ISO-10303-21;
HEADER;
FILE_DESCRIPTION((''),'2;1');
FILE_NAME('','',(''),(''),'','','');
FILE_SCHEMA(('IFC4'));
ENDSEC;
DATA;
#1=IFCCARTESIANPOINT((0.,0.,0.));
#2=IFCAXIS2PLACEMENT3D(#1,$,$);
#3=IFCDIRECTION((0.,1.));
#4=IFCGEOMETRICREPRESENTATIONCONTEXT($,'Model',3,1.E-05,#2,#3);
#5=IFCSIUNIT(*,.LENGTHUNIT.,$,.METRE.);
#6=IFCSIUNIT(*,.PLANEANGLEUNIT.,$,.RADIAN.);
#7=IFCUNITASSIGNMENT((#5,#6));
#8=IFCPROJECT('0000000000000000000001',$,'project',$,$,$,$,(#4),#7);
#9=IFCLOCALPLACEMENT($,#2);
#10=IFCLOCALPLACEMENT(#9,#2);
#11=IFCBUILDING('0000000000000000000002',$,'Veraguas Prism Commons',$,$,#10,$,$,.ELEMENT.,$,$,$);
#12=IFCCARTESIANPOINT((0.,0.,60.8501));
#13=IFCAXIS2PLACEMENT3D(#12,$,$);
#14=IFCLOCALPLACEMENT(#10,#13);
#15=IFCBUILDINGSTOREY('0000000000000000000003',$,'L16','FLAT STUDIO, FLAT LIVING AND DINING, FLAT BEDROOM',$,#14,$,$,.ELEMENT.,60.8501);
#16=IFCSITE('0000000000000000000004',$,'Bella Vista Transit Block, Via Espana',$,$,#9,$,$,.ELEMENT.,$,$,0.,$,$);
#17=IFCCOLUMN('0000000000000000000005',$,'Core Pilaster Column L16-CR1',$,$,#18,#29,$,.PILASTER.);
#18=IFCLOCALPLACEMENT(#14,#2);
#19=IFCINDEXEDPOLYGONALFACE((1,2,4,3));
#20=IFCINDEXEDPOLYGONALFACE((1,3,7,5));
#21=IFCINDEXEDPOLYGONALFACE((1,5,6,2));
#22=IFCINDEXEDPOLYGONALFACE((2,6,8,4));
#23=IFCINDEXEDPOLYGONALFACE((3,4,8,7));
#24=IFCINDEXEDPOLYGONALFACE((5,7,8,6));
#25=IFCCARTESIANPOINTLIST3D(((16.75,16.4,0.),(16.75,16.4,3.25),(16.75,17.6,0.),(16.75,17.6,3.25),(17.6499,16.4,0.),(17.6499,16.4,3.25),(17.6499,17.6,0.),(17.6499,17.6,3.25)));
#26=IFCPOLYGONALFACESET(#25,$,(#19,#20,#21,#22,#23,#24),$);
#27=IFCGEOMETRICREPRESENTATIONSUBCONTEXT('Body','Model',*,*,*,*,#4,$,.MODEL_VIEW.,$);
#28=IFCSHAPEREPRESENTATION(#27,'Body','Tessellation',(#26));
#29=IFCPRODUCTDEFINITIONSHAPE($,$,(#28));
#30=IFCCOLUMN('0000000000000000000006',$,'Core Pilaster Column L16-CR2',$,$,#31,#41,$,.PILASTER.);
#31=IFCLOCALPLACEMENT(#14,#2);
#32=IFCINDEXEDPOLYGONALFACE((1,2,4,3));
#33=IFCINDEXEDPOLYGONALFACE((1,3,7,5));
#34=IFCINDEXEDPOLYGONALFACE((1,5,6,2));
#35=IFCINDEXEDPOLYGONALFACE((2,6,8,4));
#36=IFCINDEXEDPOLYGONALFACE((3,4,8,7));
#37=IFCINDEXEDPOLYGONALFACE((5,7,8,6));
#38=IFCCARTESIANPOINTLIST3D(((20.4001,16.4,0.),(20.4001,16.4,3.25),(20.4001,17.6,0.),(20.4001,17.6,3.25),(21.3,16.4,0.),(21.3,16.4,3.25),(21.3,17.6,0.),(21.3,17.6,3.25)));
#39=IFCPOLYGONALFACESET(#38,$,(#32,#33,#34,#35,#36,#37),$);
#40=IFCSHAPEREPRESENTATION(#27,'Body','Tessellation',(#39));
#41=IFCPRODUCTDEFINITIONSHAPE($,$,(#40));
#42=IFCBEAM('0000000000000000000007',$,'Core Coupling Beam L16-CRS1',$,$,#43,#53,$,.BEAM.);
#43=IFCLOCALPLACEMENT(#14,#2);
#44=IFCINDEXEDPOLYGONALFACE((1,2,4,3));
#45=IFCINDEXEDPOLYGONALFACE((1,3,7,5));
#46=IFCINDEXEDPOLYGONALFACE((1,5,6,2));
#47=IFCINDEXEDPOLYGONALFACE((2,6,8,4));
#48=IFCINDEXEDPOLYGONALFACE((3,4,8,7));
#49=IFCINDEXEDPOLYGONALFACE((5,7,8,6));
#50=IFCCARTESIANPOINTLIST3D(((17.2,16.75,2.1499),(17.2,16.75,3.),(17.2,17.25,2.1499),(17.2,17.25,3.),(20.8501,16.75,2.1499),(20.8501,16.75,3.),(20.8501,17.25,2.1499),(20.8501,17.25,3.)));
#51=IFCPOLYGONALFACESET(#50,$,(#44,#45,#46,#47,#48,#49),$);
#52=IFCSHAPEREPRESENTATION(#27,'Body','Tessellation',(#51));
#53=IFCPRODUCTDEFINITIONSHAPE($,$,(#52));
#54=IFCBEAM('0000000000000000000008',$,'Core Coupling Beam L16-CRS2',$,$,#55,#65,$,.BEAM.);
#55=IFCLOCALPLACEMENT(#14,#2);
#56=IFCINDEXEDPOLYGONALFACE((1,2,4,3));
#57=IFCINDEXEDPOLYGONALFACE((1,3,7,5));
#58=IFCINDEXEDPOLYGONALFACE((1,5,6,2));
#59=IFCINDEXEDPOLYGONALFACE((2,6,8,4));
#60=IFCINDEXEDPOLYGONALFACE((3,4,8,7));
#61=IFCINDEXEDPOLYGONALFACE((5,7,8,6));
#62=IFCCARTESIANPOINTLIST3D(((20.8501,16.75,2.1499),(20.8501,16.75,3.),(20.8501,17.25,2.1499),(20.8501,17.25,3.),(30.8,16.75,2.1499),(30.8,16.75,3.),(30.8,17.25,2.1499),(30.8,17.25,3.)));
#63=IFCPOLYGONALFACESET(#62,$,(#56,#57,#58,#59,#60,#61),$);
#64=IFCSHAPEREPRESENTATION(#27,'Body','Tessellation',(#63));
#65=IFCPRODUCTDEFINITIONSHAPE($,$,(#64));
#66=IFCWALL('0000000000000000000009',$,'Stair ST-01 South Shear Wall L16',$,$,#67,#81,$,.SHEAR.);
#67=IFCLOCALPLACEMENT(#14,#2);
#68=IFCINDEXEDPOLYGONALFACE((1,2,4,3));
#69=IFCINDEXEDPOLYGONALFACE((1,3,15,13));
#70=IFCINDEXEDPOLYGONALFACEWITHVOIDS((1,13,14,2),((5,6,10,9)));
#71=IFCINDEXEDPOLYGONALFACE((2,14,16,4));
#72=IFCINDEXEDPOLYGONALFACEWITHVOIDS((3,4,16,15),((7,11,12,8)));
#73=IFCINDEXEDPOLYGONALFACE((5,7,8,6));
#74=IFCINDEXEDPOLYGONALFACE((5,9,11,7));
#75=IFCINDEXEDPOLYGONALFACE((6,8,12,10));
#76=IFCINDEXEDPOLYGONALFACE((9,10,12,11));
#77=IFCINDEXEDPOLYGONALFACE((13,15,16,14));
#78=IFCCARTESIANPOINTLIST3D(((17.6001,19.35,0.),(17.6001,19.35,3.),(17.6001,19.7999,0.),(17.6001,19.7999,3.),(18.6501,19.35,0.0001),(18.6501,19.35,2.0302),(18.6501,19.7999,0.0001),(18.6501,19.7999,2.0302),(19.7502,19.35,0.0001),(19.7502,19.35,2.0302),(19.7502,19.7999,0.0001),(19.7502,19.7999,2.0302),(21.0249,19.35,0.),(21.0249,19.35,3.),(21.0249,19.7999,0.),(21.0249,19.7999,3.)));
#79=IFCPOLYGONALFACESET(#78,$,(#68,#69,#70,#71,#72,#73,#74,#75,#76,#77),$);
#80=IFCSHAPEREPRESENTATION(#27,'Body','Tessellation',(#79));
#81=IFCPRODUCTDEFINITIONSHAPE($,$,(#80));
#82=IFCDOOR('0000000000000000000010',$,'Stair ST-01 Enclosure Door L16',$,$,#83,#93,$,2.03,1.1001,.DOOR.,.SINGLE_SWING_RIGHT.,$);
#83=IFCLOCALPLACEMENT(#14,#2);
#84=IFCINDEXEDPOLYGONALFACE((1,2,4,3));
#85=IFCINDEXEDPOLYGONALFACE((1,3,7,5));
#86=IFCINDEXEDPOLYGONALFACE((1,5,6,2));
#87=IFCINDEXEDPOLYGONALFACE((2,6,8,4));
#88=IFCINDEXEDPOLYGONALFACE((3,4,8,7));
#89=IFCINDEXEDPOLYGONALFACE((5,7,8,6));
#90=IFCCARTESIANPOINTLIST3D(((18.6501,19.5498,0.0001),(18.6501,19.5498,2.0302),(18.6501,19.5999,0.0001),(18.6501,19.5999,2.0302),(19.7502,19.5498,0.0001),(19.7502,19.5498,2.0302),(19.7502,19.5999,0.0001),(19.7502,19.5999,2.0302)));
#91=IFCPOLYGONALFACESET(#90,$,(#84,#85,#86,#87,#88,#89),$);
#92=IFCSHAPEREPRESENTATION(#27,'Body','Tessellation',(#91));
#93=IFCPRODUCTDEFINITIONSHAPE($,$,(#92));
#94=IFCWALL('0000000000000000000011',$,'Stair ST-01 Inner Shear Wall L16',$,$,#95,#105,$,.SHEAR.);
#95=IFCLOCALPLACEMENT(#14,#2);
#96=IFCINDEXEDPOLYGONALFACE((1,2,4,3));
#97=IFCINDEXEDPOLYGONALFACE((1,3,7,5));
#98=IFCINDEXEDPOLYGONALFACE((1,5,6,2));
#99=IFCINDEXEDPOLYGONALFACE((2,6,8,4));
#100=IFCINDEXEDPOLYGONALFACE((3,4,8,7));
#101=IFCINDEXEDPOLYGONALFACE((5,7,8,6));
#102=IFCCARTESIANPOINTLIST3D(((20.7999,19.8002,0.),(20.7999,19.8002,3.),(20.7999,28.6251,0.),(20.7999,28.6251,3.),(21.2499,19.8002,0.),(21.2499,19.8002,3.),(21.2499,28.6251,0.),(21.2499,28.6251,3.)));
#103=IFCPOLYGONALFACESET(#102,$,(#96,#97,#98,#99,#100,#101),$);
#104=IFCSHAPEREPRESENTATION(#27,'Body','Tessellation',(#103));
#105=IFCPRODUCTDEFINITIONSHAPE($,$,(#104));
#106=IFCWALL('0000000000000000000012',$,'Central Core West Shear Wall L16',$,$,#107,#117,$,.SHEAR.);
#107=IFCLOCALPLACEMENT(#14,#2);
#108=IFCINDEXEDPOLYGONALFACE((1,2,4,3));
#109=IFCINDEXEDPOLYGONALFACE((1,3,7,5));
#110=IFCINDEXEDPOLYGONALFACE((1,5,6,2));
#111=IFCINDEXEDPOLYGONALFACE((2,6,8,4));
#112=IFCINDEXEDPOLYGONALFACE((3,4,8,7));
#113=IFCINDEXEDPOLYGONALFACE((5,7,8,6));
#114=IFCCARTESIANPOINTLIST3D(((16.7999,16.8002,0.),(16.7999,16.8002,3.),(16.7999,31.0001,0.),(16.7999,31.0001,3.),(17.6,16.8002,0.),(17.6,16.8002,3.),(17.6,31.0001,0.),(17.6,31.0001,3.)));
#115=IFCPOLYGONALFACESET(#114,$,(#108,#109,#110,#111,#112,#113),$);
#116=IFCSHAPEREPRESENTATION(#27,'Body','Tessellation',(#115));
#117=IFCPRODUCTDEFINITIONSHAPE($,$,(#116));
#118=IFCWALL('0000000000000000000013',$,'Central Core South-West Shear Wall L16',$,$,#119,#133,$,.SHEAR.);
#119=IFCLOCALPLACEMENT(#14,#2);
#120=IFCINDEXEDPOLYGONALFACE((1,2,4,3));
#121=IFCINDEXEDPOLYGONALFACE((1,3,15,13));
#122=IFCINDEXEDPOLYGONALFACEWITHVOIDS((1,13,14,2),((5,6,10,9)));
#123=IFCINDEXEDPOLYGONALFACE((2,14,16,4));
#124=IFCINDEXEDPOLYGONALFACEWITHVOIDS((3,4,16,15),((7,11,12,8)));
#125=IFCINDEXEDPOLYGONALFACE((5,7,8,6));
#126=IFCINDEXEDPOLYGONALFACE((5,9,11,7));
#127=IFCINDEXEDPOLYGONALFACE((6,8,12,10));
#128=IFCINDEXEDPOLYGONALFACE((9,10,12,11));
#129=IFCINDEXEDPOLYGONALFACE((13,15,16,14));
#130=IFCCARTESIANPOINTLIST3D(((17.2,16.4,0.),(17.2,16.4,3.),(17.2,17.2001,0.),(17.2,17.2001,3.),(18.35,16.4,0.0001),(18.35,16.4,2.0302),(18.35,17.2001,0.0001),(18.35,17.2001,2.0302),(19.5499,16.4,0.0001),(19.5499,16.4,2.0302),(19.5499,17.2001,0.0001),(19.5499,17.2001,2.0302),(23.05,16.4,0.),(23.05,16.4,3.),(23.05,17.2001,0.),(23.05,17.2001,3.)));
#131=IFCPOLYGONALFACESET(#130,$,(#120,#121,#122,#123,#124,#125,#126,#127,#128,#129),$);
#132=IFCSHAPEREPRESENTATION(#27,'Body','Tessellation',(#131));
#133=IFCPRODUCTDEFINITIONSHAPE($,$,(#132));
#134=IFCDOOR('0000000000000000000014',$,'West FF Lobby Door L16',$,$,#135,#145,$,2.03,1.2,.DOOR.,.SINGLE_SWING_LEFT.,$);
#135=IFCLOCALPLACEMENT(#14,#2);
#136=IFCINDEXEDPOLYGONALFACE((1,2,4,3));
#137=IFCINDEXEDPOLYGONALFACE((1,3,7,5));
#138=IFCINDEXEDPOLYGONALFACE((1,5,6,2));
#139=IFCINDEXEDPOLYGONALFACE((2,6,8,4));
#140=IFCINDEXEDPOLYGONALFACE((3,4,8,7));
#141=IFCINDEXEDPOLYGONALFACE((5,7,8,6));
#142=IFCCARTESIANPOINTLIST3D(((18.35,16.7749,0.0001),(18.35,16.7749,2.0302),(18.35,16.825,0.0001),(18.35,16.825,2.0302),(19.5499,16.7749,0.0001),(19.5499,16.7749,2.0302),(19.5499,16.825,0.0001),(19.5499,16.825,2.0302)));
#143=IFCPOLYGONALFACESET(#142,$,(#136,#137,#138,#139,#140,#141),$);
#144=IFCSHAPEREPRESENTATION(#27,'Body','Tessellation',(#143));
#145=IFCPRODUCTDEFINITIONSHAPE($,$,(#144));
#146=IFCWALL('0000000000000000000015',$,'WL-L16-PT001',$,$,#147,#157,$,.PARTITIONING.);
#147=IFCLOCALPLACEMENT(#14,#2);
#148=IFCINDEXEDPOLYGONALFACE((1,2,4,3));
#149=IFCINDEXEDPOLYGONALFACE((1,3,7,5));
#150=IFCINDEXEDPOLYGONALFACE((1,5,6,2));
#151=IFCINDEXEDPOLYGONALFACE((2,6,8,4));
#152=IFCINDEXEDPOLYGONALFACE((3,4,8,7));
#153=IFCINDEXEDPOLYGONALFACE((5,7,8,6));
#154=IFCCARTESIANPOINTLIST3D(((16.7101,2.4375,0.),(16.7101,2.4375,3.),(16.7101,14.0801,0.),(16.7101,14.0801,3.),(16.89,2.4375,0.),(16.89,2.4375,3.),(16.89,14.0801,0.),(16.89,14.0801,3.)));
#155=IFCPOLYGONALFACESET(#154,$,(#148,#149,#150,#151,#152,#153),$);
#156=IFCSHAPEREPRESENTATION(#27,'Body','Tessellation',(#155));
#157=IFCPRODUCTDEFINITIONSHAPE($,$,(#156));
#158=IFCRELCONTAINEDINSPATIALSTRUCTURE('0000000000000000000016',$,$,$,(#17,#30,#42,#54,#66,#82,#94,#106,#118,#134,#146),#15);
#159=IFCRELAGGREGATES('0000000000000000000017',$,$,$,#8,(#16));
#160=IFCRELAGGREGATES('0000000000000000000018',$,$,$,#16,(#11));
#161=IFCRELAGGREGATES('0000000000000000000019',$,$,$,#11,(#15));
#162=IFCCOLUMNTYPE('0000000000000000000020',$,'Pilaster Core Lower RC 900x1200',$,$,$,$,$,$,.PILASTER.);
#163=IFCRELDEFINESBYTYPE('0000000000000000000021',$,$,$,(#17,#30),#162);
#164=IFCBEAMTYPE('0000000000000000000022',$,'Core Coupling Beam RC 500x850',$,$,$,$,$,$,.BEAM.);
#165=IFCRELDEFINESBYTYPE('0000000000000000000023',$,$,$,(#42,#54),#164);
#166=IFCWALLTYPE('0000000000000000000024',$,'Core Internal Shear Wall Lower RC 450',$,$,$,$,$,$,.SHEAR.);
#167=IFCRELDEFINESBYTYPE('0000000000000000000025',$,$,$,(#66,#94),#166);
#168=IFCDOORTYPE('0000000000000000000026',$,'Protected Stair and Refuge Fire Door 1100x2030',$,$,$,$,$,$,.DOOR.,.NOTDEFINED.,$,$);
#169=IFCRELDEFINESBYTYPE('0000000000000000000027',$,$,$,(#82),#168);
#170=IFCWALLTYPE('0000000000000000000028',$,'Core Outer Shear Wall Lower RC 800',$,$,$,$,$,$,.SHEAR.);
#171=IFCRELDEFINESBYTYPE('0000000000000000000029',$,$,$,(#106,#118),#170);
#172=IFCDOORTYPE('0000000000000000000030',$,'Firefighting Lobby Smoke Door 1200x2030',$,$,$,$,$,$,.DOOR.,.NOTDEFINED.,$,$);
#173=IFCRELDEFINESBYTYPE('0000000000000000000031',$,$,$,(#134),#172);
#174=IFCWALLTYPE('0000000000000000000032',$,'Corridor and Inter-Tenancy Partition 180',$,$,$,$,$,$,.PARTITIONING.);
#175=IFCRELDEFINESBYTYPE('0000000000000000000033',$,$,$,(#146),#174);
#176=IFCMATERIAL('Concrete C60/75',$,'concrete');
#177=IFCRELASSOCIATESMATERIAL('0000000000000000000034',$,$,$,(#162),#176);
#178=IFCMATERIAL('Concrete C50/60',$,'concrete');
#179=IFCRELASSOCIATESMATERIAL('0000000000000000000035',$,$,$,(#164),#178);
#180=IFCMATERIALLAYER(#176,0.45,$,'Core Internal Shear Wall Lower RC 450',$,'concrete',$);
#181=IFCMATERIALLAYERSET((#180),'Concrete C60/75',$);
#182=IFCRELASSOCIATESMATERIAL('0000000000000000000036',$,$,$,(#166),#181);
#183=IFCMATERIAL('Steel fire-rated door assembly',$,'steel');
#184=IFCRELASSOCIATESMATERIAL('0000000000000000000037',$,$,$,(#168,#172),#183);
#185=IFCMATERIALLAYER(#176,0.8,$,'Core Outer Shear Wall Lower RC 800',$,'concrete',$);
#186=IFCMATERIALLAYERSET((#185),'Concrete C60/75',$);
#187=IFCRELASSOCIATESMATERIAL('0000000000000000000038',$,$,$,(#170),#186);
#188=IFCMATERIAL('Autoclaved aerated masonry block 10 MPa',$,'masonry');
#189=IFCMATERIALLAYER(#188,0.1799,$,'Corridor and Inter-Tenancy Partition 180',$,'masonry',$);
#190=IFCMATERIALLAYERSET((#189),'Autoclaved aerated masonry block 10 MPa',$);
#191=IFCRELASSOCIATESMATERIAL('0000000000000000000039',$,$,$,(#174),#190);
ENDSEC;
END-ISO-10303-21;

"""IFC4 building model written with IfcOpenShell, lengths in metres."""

from ifc_helpers import new_model, si_unit, direction, frame, frame_2d, origin, origin_2d, place, context, subcontext, project, spatial, rectangle, extrude, source, transform, mapped, material, layer, layer_set, material_profile, profile_set, type_object, element, fill, save


model = new_model("IFC4")

# Units and contexts
model_context = context("Model", 3, precision=1e-05, world=origin(), true_north=direction((0.0, 1.0)))
body_context = subcontext(model_context, "Body", "Model", "MODEL_VIEW")
ifc_project = project(units=[si_unit("LENGTHUNIT", "METRE"), si_unit("PLANEANGLEUNIT", "RADIAN")], contexts=[model_context])

# Site, building, storey
site_placement = place(None, origin())
site = spatial("IfcSite", under=ifc_project, at=site_placement, Name="Bella Vista Transit Block, Via Espana", CompositionType="ELEMENT", RefElevation=0.0)
building_placement = place(site_placement, origin())
building = spatial("IfcBuilding", under=site, at=building_placement, Name="Veraguas Prism Commons", CompositionType="ELEMENT")
storey_placement = place(building_placement, frame((0.0, 0.0, 60.8501)))
storey = spatial("IfcBuildingStorey", under=building, at=storey_placement, Name="L16", Description="FLAT STUDIO, FLAT LIVING AND DINING, FLAT BEDROOM", CompositionType="ELEMENT", Elevation=60.8501)

# Columns
ifc_material_1 = material(Name="Concrete C60/75", Category="concrete")
ifc_material_profile_1 = material_profile(ifc_material_1, rectangle(XDim=0.8999, YDim=1.2, at=origin_2d()), Name="RC900X1200")
ifc_profile_set_1 = profile_set([ifc_material_profile_1], Name="Concrete C60/75")
column_type = type_object("IfcColumnType", Name="Pilaster Core Lower RC 900x1200", PredefinedType="PILASTER", material=ifc_profile_set_1)
for number, where, z_axis, x_axis, name in (
    (1, (17.2, 17.0, 0.0), (0.0, 0.0, 1.0), (1.0, 0.0, 0.0), "Core Pilaster Column L16-CR1"),
    (2, (20.8501, 17.0, 0.0), (0.0, 0.0, 1.0), (1.0, 0.0, 0.0), "Core Pilaster Column L16-CR2"),
):
    element("IfcColumn", number, at=place(storey_placement, frame(where, z_axis=z_axis, x_axis=x_axis)), inside=storey, type_object=column_type, Name=name, PredefinedType="PILASTER", context=body_context, shape_type="SweptSolid", body=[
        extrude(rectangle(XDim=0.8999, YDim=1.2, at=origin_2d()), origin(), (0.0, 0.0, 1.0), 3.25),
    ])

# Beams
ifc_material_2 = material(Name="Concrete C50/60", Category="concrete")
ifc_material_profile_2 = material_profile(ifc_material_2, rectangle(XDim=0.5, YDim=0.8501, at=origin_2d()), Name="RC500X850")
ifc_profile_set_2 = profile_set([ifc_material_profile_2], Name="Concrete C50/60")
beam_type = type_object("IfcBeamType", Name="Core Coupling Beam RC 500x850", PredefinedType="BEAM", material=ifc_profile_set_2)
beam_1_placement = place(storey_placement, frame((17.2, 17.0, 2.575), z_axis=(1.0, 0.0, 0.0), x_axis=(0.0, 1.0, 0.0)))
element("IfcBeam", 3, at=beam_1_placement, inside=storey, type_object=beam_type, Name="Core Coupling Beam L16-CRS1", PredefinedType="BEAM", context=body_context, shape_type="SweptSolid", body=[
    extrude(rectangle(XDim=0.5, YDim=0.8501, at=origin_2d()), origin(), (0.0, 0.0, 1.0), 3.6501),
])
beam_2_placement = place(storey_placement, frame((20.8501, 17.0, 2.575), z_axis=(1.0, 0.0, 0.0), x_axis=(0.0, 1.0, 0.0)))
element("IfcBeam", 4, at=beam_2_placement, inside=storey, type_object=beam_type, Name="Core Coupling Beam L16-CRS2", PredefinedType="BEAM", context=body_context, shape_type="SweptSolid", body=[
    extrude(rectangle(XDim=0.5, YDim=0.8501, at=origin_2d()), origin(), (0.0, 0.0, 1.0), 9.95),
])

# Wall, opening, door
ifc_layer_1 = layer(ifc_material_1, 0.45, Name="Core Internal Shear Wall Lower RC 450", Category="concrete")
ifc_layer_set_1 = layer_set([ifc_layer_1], Name="Concrete C60/75")
wall_type_1 = type_object("IfcWallType", Name="Core Internal Shear Wall Lower RC 450", PredefinedType="SHEAR", material=ifc_layer_set_1)
wall_1_placement = place(storey_placement, frame((17.6001, 19.575, 0.0), z_axis=(0.0, 0.0, 1.0), x_axis=(1.0, 0.0, 0.0)))
wall_1 = element("IfcWall", 5, at=wall_1_placement, inside=storey, type_object=wall_type_1, Name="Stair ST-01 South Shear Wall L16", PredefinedType="SHEAR", context=body_context, shape_type="SweptSolid", body=[
    extrude(rectangle(XDim=3.4248, YDim=0.45, at=frame_2d((1.7124, 0.0))), origin(), (0.0, 0.0, 1.0), 3.0),
])
opening_1_placement = place(wall_1_placement, frame((1.05, 0.0, 0.0)))
opening_1 = element("IfcOpeningElement", 6, at=opening_1_placement, cuts=wall_1, PredefinedType="OPENING", context=body_context, shape_type="SweptSolid", body=[
    extrude(rectangle(XDim=1.1001, YDim=2.03, at=frame_2d((0.55, 1.0151))), frame((0.0, 0.2349, 0.0), z_axis=(0.0, -1.0, 0.0), x_axis=(1.0, 0.0, 0.0)), (0.0, 0.0, 1.0), 0.47),
])
ifc_material_3 = material(Name="Steel fire-rated door assembly", Category="steel")
door_type_1 = type_object("IfcDoorType", Name="Protected Stair and Refuge Fire Door 1100x2030", OperationType="NOTDEFINED", PredefinedType="DOOR", material=ifc_material_3)
shared_shape_1 = source(origin(), body_context, "Body", "SweptSolid", [
    extrude(rectangle(XDim=1.1001, YDim=2.03, at=frame_2d((0.55, 1.0151))), frame((0.0, 0.0249, 0.0), z_axis=(0.0, -1.0, 0.0), x_axis=(1.0, 0.0, 0.0)), (0.0, 0.0, 1.0), 0.05),
])
door_1_placement = place(opening_1_placement, origin())
door_1 = element("IfcDoor", 7, at=door_1_placement, inside=storey, type_object=door_type_1, Name="Stair ST-01 Enclosure Door L16", OperationType="SINGLE_SWING_RIGHT", OverallHeight=2.03, OverallWidth=1.1001, PredefinedType="DOOR", context=body_context, shape_type="MappedRepresentation", body=[
    mapped(shared_shape_1, transform((0.0, 0.0, 0.0), scale=1.0)),
])
fill(opening_1, door_1)

# Walls
wall_2_placement = place(storey_placement, frame((21.0249, 19.8, 0.0), z_axis=(0.0, 0.0, 1.0), x_axis=(0.0, 1.0, 0.0)))
element("IfcWall", 8, at=wall_2_placement, inside=storey, type_object=wall_type_1, Name="Stair ST-01 Inner Shear Wall L16", PredefinedType="SHEAR", context=body_context, shape_type="SweptSolid", body=[
    extrude(rectangle(XDim=8.825, YDim=0.45, at=frame_2d((4.4126, 0.0))), origin(), (0.0, 0.0, 1.0), 3.0),
])
ifc_layer_2 = layer(ifc_material_1, 0.8, Name="Core Outer Shear Wall Lower RC 800", Category="concrete")
ifc_layer_set_2 = layer_set([ifc_layer_2], Name="Concrete C60/75")
wall_type_2 = type_object("IfcWallType", Name="Core Outer Shear Wall Lower RC 800", PredefinedType="SHEAR", material=ifc_layer_set_2)
wall_3_placement = place(storey_placement, frame((17.2, 16.8, 0.0), z_axis=(0.0, 0.0, 1.0), x_axis=(0.0, 1.0, 0.0)))
element("IfcWall", 9, at=wall_3_placement, inside=storey, type_object=wall_type_2, Name="Central Core West Shear Wall L16", PredefinedType="SHEAR", context=body_context, shape_type="SweptSolid", body=[
    extrude(rectangle(XDim=14.2, YDim=0.8, at=frame_2d((7.1001, 0.0))), origin(), (0.0, 0.0, 1.0), 3.0),
])

# Wall, opening, door
wall_4_placement = place(storey_placement, frame((17.2, 16.8, 0.0), z_axis=(0.0, 0.0, 1.0), x_axis=(1.0, 0.0, 0.0)))
wall_4 = element("IfcWall", 10, at=wall_4_placement, inside=storey, type_object=wall_type_2, Name="Central Core South-West Shear Wall L16", PredefinedType="SHEAR", context=body_context, shape_type="SweptSolid", body=[
    extrude(rectangle(XDim=5.8501, YDim=0.8, at=frame_2d((2.925, 0.0))), origin(), (0.0, 0.0, 1.0), 3.0),
])
opening_2_placement = place(wall_4_placement, frame((1.1499, 0.0, 0.0)))
opening_2 = element("IfcOpeningElement", 11, at=opening_2_placement, cuts=wall_4, PredefinedType="OPENING", context=body_context, shape_type="SweptSolid", body=[
    extrude(rectangle(XDim=1.2, YDim=2.03, at=frame_2d((0.6001, 1.0151))), frame((0.0, 0.4099, 0.0), z_axis=(0.0, -1.0, 0.0), x_axis=(1.0, 0.0, 0.0)), (0.0, 0.0, 1.0), 0.8201),
])
door_type_2 = type_object("IfcDoorType", Name="Firefighting Lobby Smoke Door 1200x2030", OperationType="NOTDEFINED", PredefinedType="DOOR", material=ifc_material_3)
shared_shape_2 = source(origin(), body_context, "Body", "SweptSolid", [
    extrude(rectangle(XDim=1.2, YDim=2.03, at=frame_2d((0.6001, 1.0151))), frame((0.0, 0.0249, 0.0), z_axis=(0.0, -1.0, 0.0), x_axis=(1.0, 0.0, 0.0)), (0.0, 0.0, 1.0), 0.05),
])
door_2_placement = place(opening_2_placement, origin())
door_2 = element("IfcDoor", 12, at=door_2_placement, inside=storey, type_object=door_type_2, Name="West FF Lobby Door L16", OperationType="SINGLE_SWING_LEFT", OverallHeight=2.03, OverallWidth=1.2, PredefinedType="DOOR", context=body_context, shape_type="MappedRepresentation", body=[
    mapped(shared_shape_2, transform((0.0, 0.0, 0.0), scale=1.0)),
])
fill(opening_2, door_2)

# Wall
ifc_material_4 = material(Name="Autoclaved aerated masonry block 10 MPa", Category="masonry")
ifc_layer_3 = layer(ifc_material_4, 0.1799, Name="Corridor and Inter-Tenancy Partition 180", Category="masonry")
ifc_layer_set_3 = layer_set([ifc_layer_3], Name="Autoclaved aerated masonry block 10 MPa")
wall_type_3 = type_object("IfcWallType", Name="Corridor and Inter-Tenancy Partition 180", PredefinedType="PARTITIONING", material=ifc_layer_set_3)
wall_5_placement = place(storey_placement, frame((16.8, 14.0801, 0.0), z_axis=(0.0, 0.0, 1.0), x_axis=(0.0, -1.0, 0.0)))
element("IfcWall", 13, at=wall_5_placement, inside=storey, type_object=wall_type_3, Name="WL-L16-PT001", PredefinedType="PARTITIONING", context=body_context, shape_type="SweptSolid", body=[
    extrude(rectangle(XDim=11.6426, YDim=0.1799, at=frame_2d((5.8213, 0.0))), origin(), (0.0, 0.0, 1.0), 3.0),
])

save(model, "model.ifc")
